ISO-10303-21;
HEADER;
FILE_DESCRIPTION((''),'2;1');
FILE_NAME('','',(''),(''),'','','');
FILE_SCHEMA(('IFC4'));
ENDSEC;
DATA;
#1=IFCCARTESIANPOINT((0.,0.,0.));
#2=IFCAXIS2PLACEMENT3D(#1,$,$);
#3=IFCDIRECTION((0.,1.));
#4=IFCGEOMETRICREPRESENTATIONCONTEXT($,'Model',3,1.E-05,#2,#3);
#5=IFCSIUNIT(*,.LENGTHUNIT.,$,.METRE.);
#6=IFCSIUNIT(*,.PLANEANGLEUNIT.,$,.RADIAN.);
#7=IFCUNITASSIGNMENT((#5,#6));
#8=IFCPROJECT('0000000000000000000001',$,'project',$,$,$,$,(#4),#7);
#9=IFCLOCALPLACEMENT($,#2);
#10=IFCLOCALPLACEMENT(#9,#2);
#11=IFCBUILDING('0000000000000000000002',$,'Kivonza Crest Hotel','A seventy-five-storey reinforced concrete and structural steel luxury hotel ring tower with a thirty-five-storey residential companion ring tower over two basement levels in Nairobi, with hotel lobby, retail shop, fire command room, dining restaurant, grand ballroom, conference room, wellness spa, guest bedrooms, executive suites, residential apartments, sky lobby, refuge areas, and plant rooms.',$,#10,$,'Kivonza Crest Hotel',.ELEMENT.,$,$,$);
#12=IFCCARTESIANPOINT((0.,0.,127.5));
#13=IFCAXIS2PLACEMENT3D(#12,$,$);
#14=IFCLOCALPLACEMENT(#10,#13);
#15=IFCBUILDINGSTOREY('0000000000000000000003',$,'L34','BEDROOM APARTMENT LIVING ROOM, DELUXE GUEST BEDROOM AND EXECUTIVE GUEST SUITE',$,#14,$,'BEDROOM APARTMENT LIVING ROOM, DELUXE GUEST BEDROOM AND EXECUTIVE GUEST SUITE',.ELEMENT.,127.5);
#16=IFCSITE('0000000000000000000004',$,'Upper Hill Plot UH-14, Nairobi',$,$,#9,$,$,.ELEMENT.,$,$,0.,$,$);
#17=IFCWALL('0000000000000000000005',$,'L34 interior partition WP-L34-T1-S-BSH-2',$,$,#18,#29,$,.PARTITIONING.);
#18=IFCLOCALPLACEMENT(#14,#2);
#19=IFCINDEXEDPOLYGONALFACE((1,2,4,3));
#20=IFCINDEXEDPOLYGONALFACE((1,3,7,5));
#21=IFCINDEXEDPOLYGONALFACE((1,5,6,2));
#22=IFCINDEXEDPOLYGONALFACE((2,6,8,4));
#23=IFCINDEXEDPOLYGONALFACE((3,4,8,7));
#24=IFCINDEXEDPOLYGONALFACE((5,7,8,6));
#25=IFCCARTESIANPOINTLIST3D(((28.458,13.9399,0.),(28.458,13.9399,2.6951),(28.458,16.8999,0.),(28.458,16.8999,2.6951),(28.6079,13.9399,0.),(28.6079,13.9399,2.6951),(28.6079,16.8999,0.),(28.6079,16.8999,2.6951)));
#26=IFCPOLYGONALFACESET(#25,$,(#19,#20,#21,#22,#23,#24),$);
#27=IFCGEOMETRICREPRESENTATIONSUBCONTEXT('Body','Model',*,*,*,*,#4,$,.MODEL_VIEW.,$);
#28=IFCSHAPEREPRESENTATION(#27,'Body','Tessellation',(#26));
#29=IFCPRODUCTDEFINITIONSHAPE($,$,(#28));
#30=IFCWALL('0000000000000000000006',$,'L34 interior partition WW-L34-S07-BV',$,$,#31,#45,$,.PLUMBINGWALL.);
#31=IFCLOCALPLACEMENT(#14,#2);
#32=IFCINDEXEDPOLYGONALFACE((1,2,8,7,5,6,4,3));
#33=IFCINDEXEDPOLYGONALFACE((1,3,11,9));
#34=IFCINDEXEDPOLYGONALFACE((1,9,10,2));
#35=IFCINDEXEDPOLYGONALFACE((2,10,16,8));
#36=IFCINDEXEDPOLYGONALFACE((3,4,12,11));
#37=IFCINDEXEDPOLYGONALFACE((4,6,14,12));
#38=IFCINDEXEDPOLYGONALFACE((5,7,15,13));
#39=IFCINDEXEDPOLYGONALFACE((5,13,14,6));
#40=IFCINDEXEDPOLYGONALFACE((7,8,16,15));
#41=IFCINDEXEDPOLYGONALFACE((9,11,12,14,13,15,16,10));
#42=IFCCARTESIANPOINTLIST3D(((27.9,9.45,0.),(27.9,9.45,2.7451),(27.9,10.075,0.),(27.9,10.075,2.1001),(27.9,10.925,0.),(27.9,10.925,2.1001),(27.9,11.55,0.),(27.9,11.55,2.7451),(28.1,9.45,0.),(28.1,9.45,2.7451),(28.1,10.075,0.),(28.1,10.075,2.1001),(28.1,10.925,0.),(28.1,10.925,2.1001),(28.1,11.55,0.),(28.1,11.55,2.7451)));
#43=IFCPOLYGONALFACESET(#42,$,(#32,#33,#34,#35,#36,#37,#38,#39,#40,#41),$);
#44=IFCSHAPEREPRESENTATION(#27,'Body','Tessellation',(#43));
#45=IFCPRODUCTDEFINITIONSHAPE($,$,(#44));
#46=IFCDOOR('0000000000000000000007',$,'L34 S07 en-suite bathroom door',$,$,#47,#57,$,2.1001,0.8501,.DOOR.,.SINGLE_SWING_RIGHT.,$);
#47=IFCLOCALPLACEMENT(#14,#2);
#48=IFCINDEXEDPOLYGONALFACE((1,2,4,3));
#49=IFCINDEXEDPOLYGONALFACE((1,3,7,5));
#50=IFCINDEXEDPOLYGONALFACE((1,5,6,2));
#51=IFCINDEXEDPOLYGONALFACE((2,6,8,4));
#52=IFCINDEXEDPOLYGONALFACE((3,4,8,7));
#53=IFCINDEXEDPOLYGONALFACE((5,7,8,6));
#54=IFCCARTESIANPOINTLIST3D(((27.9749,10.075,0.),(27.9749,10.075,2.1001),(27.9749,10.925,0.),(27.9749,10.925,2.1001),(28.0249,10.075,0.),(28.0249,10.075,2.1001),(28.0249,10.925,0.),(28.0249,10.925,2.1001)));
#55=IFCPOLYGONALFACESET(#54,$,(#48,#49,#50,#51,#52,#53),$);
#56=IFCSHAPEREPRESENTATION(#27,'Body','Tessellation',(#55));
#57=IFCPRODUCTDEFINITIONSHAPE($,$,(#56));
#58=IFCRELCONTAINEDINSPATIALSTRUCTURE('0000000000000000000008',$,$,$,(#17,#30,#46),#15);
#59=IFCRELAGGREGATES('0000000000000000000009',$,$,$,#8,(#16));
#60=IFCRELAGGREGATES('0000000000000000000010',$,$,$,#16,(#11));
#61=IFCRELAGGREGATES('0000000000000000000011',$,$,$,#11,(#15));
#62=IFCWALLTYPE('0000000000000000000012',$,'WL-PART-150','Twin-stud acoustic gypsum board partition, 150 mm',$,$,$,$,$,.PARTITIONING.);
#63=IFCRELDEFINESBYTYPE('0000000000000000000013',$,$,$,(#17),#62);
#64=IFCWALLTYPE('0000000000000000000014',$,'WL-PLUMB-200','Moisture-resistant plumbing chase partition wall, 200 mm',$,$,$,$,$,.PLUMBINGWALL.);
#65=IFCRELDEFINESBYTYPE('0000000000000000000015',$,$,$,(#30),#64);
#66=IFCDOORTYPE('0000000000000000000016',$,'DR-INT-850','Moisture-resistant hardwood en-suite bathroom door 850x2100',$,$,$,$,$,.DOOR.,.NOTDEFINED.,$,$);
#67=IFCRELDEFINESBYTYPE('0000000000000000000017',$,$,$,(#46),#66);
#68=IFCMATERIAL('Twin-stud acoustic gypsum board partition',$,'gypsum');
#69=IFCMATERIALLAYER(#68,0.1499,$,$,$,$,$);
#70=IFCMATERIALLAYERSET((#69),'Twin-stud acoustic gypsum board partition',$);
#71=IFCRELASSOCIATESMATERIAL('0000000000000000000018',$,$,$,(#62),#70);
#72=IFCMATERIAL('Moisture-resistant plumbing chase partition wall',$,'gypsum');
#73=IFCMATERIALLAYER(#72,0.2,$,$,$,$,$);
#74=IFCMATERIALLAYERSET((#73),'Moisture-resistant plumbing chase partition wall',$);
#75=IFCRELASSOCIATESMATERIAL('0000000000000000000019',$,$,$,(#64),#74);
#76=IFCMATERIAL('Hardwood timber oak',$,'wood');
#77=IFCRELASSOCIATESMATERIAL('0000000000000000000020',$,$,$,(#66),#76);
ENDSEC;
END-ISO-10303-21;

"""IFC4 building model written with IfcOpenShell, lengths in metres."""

from ifc_helpers import new_model, si_unit, direction, frame, frame_2d, origin, place, context, subcontext, project, spatial, rectangle, extrude, material, layer, layer_set, type_object, element, fill, save


model = new_model("IFC4")

# Units and contexts
model_context = context("Model", 3, precision=1e-05, world=origin(), true_north=direction((0.0, 1.0)))
body_context = subcontext(model_context, "Body", "Model", "MODEL_VIEW")
ifc_project = project(units=[si_unit("LENGTHUNIT", "METRE"), si_unit("PLANEANGLEUNIT", "RADIAN")], contexts=[model_context])

# Site, building, storey
site_placement = place(None, origin())
site = spatial("IfcSite", under=ifc_project, at=site_placement, Name="Upper Hill Plot UH-14, Nairobi", CompositionType="ELEMENT", RefElevation=0.0)
building_placement = place(site_placement, origin())
building = spatial("IfcBuilding", under=site, at=building_placement, Name="Kivonza Crest Hotel", Description="A seventy-five-storey reinforced concrete and structural steel luxury hotel ring tower with a thirty-five-storey residential companion ring tower over two basement levels in Nairobi, with hotel lobby, retail shop, fire command room, dining restaurant, grand ballroom, conference room, wellness spa, guest bedrooms, executive suites, residential apartments, sky lobby, refuge areas, and plant rooms.", LongName="Kivonza Crest Hotel", CompositionType="ELEMENT")
storey_placement = place(building_placement, frame((0.0, 0.0, 127.5)))
storey = spatial("IfcBuildingStorey", under=building, at=storey_placement, Name="L34", Description="BEDROOM APARTMENT LIVING ROOM, DELUXE GUEST BEDROOM AND EXECUTIVE GUEST SUITE", LongName="BEDROOM APARTMENT LIVING ROOM, DELUXE GUEST BEDROOM AND EXECUTIVE GUEST SUITE", CompositionType="ELEMENT", Elevation=127.5)

# Shared definitions
ifc_material_1 = material(Name="Hardwood timber oak", Category="wood")

# Wall
ifc_material_2 = material(Name="Twin-stud acoustic gypsum board partition", Category="gypsum")
ifc_layer_1 = layer(ifc_material_2, 0.1499)
ifc_layer_set_1 = layer_set([ifc_layer_1], Name="Twin-stud acoustic gypsum board partition")
wall_type_1 = type_object("IfcWallType", Name="WL-PART-150", Description="Twin-stud acoustic gypsum board partition, 150 mm", PredefinedType="PARTITIONING", material=ifc_layer_set_1)
wall_1_placement = place(storey_placement, frame((28.533, 13.9399, 0.0), z_axis=(0.0, 0.0, 1.0), x_axis=(0.0, 1.0, 0.0)))
element("IfcWall", 1, at=wall_1_placement, inside=storey, type_object=wall_type_1, Name="L34 interior partition WP-L34-T1-S-BSH-2", PredefinedType="PARTITIONING", context=body_context, shape_type="SweptSolid", body=[
    extrude(rectangle(XDim=2.96, YDim=0.1499, at=frame_2d((1.48, 0.0))), origin(), (0.0, 0.0, 1.0), 2.6951),
])

# Wall, opening, door
ifc_material_3 = material(Name="Moisture-resistant plumbing chase partition wall", Category="gypsum")
ifc_layer_2 = layer(ifc_material_3, 0.2)
ifc_layer_set_2 = layer_set([ifc_layer_2], Name="Moisture-resistant plumbing chase partition wall")
wall_type_2 = type_object("IfcWallType", Name="WL-PLUMB-200", Description="Moisture-resistant plumbing chase partition wall, 200 mm", PredefinedType="PLUMBINGWALL", material=ifc_layer_set_2)
wall_2_placement = place(storey_placement, frame((28.0, 9.45, 0.0), z_axis=(0.0, 0.0, 1.0), x_axis=(0.0, 1.0, 0.0)))
wall_2 = element("IfcWall", 2, at=wall_2_placement, inside=storey, type_object=wall_type_2, Name="L34 interior partition WW-L34-S07-BV", PredefinedType="PLUMBINGWALL", context=body_context, shape_type="SweptSolid", body=[
    extrude(rectangle(XDim=2.1001, YDim=0.2, at=frame_2d((1.05, 0.0))), origin(), (0.0, 0.0, 1.0), 2.7451),
])
opening_1_placement = place(wall_2_placement, frame((0.625, 0.0, 0.0)))
opening_1 = element("IfcOpeningElement", 3, at=opening_1_placement, cuts=wall_2, PredefinedType="OPENING", context=body_context, shape_type="SweptSolid", body=[
    extrude(rectangle(XDim=0.8501, YDim=2.1001, at=frame_2d((0.425, 1.05))), frame((0.0, 0.1099, 0.0), z_axis=(0.0, -1.0, 0.0), x_axis=(1.0, 0.0, 0.0)), (0.0, 0.0, 1.0), 0.22),
])
door_type_1 = type_object("IfcDoorType", Name="DR-INT-850", Description="Moisture-resistant hardwood en-suite bathroom door 850x2100", OperationType="NOTDEFINED", PredefinedType="DOOR", material=ifc_material_1)
door_1_placement = place(opening_1_placement, frame((0.8501, 0.0, 0.0), z_axis=(0.0, 0.0, 1.0), x_axis=(-1.0, 0.0, 0.0)))
door_1 = element("IfcDoor", 4, at=door_1_placement, inside=storey, type_object=door_type_1, Name="L34 S07 en-suite bathroom door", OperationType="SINGLE_SWING_RIGHT", OverallHeight=2.1001, OverallWidth=0.8501, PredefinedType="DOOR", context=body_context, shape_type="SweptSolid", body=[
    extrude(rectangle(XDim=0.8501, YDim=2.1001, at=frame_2d((0.425, 1.05))), frame((0.0, 0.0249, 0.0), z_axis=(0.0, -1.0, 0.0), x_axis=(1.0, 0.0, 0.0)), (0.0, 0.0, 1.0), 0.05),
])
fill(opening_1, door_1)

save(model, "model.ifc")
